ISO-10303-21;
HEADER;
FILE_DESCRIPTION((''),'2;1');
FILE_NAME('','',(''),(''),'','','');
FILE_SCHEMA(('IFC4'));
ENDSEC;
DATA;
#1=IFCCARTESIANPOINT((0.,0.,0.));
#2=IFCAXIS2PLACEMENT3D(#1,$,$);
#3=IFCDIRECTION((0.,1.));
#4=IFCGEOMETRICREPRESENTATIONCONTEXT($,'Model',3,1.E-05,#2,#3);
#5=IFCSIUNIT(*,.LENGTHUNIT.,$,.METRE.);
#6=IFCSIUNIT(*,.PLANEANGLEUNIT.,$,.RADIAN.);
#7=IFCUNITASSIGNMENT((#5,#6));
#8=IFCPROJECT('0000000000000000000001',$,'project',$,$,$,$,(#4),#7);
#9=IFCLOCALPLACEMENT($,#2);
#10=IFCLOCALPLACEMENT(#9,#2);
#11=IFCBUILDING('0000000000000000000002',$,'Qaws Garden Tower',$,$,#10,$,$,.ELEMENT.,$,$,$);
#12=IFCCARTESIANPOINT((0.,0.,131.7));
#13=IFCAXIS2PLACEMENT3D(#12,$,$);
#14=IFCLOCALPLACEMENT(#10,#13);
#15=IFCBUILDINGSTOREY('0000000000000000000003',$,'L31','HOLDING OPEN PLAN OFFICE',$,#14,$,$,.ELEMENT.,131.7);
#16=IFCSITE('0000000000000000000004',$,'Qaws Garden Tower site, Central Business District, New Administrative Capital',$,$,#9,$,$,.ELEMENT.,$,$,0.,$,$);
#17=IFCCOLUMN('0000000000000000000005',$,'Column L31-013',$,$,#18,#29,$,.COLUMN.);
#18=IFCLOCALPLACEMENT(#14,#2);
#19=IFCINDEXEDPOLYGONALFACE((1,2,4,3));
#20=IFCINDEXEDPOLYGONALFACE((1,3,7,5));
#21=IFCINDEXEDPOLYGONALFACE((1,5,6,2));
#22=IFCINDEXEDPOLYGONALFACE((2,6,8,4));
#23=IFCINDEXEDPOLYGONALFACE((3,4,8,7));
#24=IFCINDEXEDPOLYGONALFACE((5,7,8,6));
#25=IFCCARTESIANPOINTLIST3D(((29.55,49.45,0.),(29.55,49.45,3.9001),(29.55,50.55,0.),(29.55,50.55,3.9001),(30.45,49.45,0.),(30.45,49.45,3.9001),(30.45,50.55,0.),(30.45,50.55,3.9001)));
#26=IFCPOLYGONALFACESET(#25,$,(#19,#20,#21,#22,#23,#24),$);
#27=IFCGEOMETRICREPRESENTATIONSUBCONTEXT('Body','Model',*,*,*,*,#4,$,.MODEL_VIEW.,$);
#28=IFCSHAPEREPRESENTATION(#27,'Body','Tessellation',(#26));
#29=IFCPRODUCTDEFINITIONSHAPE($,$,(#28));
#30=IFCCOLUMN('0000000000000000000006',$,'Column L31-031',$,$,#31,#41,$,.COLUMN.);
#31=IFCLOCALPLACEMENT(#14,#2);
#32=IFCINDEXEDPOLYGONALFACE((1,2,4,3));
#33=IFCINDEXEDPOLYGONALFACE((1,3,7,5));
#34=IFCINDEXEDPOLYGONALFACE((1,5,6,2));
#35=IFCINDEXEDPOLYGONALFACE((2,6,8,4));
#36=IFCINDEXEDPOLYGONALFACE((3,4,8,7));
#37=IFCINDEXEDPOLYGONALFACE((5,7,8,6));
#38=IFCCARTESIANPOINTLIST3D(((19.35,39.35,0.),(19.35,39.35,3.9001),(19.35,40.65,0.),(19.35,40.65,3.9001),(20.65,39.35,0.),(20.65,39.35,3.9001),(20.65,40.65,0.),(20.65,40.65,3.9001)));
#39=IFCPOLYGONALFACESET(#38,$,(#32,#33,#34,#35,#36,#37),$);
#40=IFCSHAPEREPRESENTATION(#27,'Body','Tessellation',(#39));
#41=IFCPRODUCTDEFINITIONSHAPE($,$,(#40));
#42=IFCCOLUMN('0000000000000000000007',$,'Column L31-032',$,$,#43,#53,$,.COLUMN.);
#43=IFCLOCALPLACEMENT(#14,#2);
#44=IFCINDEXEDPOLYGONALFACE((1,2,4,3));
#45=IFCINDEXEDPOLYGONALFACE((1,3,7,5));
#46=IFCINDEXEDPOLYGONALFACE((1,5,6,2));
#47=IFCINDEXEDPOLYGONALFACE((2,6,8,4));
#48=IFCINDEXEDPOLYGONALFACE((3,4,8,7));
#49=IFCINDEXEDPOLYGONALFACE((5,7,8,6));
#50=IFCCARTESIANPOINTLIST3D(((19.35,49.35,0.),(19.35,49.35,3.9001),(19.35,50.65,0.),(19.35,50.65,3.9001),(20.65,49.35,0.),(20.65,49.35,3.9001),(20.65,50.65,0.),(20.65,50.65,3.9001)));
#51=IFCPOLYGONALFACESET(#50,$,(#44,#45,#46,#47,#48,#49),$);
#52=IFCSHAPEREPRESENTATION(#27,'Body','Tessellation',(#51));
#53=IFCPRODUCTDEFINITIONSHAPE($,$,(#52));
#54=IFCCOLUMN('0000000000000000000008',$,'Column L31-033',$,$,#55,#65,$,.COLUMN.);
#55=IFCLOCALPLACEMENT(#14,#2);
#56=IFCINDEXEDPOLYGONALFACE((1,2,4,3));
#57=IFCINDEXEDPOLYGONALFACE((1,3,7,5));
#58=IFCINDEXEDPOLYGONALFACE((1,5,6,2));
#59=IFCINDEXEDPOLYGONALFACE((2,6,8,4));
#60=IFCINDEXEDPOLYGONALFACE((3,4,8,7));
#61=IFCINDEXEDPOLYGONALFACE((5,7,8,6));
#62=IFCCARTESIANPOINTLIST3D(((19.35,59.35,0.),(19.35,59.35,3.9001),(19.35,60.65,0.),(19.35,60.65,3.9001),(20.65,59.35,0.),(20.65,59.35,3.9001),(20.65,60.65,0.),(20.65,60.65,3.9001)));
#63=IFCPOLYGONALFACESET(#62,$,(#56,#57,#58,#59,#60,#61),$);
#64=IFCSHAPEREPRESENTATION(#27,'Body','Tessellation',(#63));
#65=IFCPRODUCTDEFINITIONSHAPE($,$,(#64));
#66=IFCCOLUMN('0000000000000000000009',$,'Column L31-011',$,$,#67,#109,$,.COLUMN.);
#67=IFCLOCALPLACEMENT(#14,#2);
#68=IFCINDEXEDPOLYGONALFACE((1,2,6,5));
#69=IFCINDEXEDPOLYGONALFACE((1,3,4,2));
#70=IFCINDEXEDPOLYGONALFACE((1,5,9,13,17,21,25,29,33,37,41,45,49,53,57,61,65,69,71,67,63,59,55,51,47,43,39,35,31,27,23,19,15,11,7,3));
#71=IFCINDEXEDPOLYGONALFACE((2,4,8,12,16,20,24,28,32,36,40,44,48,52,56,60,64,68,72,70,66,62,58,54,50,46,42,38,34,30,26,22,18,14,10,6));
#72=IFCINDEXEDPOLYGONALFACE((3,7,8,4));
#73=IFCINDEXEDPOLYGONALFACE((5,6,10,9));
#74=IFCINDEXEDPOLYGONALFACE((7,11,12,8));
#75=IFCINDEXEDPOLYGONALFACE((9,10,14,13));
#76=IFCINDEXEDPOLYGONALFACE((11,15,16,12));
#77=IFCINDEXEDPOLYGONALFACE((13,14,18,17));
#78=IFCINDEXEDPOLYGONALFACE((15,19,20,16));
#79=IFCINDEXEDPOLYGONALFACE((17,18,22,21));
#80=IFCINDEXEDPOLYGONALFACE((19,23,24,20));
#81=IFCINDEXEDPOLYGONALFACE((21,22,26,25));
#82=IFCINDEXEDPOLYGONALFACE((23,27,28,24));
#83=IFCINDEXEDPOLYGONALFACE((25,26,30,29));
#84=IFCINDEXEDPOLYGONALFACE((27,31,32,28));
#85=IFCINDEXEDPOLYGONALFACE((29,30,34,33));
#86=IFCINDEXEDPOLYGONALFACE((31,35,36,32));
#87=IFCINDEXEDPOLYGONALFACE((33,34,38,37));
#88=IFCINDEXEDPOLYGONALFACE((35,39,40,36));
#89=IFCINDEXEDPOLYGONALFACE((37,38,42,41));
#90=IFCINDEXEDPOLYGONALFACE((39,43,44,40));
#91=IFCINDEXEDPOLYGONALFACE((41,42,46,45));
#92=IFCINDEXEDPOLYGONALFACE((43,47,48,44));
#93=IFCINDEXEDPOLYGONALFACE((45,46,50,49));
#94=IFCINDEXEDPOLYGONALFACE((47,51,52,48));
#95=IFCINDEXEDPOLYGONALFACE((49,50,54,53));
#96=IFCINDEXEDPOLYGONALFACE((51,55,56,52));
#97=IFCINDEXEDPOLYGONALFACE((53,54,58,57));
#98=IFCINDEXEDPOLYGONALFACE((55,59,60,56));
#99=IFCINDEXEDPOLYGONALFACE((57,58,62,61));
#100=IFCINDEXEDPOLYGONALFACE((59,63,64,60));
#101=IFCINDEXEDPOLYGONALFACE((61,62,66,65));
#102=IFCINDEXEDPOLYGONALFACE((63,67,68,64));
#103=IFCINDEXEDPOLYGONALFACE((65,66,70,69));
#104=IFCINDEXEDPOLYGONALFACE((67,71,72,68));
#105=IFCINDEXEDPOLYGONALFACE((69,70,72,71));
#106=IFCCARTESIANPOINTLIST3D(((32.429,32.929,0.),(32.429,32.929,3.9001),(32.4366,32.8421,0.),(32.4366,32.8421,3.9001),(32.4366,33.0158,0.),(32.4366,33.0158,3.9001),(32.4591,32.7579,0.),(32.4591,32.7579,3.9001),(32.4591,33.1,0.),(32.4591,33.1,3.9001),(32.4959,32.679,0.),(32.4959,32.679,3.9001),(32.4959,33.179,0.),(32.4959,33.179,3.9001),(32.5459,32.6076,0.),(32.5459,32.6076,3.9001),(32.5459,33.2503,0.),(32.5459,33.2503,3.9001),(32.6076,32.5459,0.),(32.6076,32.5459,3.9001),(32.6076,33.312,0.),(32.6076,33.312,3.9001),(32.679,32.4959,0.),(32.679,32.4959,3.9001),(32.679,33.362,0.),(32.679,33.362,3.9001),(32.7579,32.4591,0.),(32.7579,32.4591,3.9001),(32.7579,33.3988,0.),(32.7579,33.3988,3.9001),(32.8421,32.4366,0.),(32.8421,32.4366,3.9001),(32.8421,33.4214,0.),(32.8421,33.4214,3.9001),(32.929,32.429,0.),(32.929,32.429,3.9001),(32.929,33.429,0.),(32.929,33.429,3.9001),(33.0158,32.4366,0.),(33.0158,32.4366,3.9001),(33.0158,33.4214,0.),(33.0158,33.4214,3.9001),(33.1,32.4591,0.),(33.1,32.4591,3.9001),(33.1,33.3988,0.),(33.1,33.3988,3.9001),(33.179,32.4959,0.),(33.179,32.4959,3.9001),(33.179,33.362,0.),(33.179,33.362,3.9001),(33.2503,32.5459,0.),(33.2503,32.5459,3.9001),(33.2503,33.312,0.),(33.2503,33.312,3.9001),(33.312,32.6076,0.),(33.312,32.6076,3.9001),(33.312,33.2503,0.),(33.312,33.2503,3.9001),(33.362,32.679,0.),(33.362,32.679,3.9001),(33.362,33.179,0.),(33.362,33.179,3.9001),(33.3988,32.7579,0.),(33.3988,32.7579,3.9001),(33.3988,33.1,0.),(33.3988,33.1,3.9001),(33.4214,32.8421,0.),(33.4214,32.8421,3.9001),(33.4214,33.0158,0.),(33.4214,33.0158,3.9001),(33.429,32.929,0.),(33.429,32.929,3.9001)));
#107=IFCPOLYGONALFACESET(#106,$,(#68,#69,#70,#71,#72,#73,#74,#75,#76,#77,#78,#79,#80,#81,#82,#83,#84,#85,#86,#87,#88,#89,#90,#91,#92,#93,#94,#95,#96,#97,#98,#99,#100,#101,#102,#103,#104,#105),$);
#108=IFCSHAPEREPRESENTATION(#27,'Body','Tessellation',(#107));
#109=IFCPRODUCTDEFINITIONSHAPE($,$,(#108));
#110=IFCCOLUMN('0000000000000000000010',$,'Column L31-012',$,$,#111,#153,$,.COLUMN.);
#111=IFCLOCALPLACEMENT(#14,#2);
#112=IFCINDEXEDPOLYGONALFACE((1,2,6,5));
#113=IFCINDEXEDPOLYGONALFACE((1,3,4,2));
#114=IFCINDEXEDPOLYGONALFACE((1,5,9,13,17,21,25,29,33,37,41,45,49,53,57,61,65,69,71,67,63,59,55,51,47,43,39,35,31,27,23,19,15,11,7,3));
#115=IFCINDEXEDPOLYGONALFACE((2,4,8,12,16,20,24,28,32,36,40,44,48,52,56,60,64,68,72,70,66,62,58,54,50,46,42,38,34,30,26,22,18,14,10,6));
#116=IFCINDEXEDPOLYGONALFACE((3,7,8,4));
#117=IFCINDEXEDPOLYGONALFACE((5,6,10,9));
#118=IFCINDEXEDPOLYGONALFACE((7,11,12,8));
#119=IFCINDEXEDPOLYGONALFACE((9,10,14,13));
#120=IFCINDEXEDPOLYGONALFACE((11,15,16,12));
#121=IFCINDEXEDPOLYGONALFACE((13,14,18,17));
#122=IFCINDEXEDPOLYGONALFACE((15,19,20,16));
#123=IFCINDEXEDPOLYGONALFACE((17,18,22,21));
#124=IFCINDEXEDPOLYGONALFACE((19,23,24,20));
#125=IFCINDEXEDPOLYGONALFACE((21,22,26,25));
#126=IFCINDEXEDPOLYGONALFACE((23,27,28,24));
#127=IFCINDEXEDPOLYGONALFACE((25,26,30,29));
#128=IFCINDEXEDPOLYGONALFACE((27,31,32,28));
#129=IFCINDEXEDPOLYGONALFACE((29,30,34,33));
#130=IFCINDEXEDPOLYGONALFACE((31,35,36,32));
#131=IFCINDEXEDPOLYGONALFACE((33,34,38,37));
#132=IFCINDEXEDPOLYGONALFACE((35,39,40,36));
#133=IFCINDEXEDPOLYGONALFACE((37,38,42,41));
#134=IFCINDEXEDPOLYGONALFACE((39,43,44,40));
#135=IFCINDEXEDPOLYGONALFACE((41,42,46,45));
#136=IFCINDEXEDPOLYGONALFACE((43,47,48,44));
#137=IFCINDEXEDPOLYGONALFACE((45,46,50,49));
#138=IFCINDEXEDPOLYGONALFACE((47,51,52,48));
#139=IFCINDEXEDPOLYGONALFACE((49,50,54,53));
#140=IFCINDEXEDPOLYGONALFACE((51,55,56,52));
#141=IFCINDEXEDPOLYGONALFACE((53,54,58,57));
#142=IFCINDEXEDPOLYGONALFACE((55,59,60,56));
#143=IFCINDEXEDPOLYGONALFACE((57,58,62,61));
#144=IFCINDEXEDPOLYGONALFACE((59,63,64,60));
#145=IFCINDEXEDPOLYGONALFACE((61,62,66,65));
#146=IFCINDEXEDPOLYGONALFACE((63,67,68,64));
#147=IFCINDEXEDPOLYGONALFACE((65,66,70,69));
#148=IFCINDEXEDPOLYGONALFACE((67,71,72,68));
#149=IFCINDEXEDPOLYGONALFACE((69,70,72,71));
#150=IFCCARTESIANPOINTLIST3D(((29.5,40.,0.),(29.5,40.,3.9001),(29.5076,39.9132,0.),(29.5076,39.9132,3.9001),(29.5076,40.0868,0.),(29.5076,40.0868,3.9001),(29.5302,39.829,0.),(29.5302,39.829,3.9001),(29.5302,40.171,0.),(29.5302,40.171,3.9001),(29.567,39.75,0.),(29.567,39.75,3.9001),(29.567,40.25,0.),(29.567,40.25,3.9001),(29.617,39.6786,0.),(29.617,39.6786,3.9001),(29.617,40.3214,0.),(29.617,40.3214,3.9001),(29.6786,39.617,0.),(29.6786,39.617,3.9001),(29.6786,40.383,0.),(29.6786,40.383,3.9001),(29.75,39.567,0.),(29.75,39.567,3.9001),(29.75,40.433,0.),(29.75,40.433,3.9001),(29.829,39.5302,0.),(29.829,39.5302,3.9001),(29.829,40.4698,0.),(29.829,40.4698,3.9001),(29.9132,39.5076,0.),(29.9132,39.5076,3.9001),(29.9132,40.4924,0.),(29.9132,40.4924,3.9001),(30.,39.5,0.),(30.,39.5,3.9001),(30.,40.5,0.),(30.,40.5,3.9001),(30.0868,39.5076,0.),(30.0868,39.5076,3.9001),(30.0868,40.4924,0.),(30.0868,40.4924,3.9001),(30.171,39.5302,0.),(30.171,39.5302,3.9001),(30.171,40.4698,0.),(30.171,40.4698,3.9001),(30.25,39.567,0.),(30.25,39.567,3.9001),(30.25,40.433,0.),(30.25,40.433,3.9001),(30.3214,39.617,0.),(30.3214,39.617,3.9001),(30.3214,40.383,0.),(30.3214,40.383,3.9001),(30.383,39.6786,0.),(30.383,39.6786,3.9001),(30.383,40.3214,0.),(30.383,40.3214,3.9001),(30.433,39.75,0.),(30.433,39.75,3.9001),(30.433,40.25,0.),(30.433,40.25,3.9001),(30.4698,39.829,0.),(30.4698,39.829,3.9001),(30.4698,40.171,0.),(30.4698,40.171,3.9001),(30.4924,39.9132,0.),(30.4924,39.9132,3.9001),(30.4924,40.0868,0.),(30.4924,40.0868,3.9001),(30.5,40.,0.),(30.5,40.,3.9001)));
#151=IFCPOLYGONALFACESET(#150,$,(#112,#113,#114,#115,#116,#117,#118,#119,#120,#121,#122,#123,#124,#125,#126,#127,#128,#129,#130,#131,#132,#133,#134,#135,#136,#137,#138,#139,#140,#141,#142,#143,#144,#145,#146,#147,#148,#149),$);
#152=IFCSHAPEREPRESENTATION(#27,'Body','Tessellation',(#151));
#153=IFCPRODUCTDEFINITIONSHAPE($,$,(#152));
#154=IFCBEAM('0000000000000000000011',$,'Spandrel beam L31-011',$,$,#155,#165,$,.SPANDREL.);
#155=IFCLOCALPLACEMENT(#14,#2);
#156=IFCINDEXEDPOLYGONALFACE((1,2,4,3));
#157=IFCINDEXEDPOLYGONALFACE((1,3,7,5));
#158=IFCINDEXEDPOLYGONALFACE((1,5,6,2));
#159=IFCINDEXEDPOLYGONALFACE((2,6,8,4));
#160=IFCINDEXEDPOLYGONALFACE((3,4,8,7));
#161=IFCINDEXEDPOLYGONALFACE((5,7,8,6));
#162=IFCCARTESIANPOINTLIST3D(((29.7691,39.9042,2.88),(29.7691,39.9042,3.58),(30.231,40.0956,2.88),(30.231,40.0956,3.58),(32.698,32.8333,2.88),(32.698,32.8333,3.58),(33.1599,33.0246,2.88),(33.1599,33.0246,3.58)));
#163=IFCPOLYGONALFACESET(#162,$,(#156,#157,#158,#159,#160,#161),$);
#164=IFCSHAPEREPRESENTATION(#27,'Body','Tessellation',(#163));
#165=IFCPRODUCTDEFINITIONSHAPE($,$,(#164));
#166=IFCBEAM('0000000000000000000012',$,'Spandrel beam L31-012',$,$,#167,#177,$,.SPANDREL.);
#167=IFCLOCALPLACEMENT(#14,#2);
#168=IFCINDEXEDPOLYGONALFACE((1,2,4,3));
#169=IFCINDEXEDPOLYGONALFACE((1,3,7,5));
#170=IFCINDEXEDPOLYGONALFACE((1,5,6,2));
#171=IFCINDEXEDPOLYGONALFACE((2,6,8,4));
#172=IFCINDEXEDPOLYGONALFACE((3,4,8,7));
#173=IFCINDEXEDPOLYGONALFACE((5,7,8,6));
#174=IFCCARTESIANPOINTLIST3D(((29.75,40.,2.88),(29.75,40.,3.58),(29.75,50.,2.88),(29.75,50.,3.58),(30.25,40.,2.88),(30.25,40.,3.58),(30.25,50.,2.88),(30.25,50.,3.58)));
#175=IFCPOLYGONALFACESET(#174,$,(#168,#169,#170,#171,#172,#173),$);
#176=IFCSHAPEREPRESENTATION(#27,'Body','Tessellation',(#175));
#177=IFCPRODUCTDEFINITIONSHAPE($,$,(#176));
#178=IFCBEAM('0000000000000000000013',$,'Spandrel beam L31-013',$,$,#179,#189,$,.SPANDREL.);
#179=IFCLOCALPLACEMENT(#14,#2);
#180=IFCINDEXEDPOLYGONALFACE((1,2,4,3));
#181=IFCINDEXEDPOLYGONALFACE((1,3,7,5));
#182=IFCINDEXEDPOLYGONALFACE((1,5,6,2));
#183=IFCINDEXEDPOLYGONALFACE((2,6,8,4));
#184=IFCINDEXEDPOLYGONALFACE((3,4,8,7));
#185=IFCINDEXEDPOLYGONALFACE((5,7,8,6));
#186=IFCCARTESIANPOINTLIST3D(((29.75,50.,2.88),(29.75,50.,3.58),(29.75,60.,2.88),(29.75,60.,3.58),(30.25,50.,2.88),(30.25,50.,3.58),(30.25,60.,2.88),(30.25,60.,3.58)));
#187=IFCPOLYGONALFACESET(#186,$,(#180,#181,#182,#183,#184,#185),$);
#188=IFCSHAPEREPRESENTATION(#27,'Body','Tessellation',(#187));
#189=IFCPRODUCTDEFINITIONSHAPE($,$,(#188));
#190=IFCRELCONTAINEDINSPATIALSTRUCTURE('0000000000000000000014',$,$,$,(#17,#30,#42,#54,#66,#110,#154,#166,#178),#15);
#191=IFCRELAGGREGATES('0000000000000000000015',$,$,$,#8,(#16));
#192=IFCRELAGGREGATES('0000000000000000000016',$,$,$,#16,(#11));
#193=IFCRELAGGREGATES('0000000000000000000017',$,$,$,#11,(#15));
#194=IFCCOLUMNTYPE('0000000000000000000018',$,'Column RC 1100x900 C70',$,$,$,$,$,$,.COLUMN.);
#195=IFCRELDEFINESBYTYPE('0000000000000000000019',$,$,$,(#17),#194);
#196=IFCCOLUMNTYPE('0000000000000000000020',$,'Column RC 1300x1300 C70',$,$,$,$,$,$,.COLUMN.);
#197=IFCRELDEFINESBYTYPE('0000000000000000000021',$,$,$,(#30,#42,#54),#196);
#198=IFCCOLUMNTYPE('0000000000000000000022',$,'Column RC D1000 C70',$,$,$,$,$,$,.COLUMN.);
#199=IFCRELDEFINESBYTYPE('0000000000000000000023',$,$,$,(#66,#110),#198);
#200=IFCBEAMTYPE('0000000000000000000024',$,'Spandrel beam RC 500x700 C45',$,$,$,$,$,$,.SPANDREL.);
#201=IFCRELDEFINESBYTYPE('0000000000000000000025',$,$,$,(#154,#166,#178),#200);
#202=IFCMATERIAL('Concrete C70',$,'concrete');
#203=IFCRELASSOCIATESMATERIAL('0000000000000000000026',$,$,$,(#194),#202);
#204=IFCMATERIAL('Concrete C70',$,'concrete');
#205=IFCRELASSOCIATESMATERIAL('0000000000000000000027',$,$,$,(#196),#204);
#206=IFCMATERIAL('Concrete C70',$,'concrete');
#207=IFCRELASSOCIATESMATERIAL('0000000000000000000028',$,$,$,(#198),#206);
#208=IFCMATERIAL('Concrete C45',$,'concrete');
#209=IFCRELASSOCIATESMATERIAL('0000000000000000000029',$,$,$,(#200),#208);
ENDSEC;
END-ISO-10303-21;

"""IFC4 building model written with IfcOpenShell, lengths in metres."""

from ifc_helpers import new_model, si_unit, direction, frame, origin, origin_2d, place, context, subcontext, project, spatial, rectangle, circle, extrude, material, material_profile, profile_set, type_object, element, save


model = new_model("IFC4")

# Units and contexts
model_context = context("Model", 3, precision=1e-05, world=origin(), true_north=direction((0.0, 1.0)))
body_context = subcontext(model_context, "Body", "Model", "MODEL_VIEW")
ifc_project = project(units=[si_unit("LENGTHUNIT", "METRE"), si_unit("PLANEANGLEUNIT", "RADIAN")], contexts=[model_context])

# Site, building, storey
site_placement = place(None, origin())
site = spatial("IfcSite", under=ifc_project, at=site_placement, Name="Qaws Garden Tower site, Central Business District, New Administrative Capital", CompositionType="ELEMENT", RefElevation=0.0)
building_placement = place(site_placement, origin())
building = spatial("IfcBuilding", under=site, at=building_placement, Name="Qaws Garden Tower", CompositionType="ELEMENT")
storey_placement = place(building_placement, frame((0.0, 0.0, 131.7)))
storey = spatial("IfcBuildingStorey", under=building, at=storey_placement, Name="L31", Description="HOLDING OPEN PLAN OFFICE", CompositionType="ELEMENT", Elevation=131.7)

# Columns
ifc_material_1 = material(Name="Concrete C70", Category="concrete")
ifc_material_profile_1 = material_profile(ifc_material_1, rectangle(XDim=1.1001, YDim=0.8999, at=origin_2d()), Name="RC 1100x900")
ifc_profile_set_1 = profile_set([ifc_material_profile_1], Name="Concrete C70")
column_type_1 = type_object("IfcColumnType", Name="Column RC 1100x900 C70", PredefinedType="COLUMN", material=ifc_profile_set_1)
column_placement = place(storey_placement, frame((30.0, 50.0, 0.0), z_axis=(0.0, 0.0, 1.0), x_axis=(0.0, 1.0, 0.0)))
element("IfcColumn", 1, at=column_placement, inside=storey, type_object=column_type_1, Name="Column L31-013", PredefinedType="COLUMN", context=body_context, shape_type="SweptSolid", body=[
    extrude(rectangle(XDim=1.1001, YDim=0.8999, at=origin_2d()), origin(), (0.0, 0.0, 1.0), 3.9001),
])
ifc_material_2 = material(Name="Concrete C70", Category="concrete")
ifc_material_profile_2 = material_profile(ifc_material_2, rectangle(XDim=1.3, YDim=1.3, at=origin_2d()), Name="RC 1300x1300")
ifc_profile_set_2 = profile_set([ifc_material_profile_2], Name="Concrete C70")
column_type_2 = type_object("IfcColumnType", Name="Column RC 1300x1300 C70", PredefinedType="COLUMN", material=ifc_profile_set_2)
for number, where, z_axis, x_axis, name in (
    (2, (20.0, 40.0, 0.0), (0.0, 0.0, 1.0), (1.0, 0.0, 0.0), "Column L31-031"),
    (3, (20.0, 50.0, 0.0), (0.0, 0.0, 1.0), (1.0, 0.0, 0.0), "Column L31-032"),
    (4, (20.0, 60.0, 0.0), (0.0, 0.0, 1.0), (1.0, 0.0, 0.0), "Column L31-033"),
):
    element("IfcColumn", number, at=place(storey_placement, frame(where, z_axis=z_axis, x_axis=x_axis)), inside=storey, type_object=column_type_2, Name=name, PredefinedType="COLUMN", context=body_context, shape_type="SweptSolid", body=[
        extrude(rectangle(XDim=1.3, YDim=1.3, at=origin_2d()), origin(), (0.0, 0.0, 1.0), 3.9001),
    ])
ifc_material_3 = material(Name="Concrete C70", Category="concrete")
ifc_material_profile_3 = material_profile(ifc_material_3, circle(Radius=0.5, at=origin_2d()), Name="RC D1000")
ifc_profile_set_3 = profile_set([ifc_material_profile_3], Name="Concrete C70")
column_type_3 = type_object("IfcColumnType", Name="Column RC D1000 C70", PredefinedType="COLUMN", material=ifc_profile_set_3)
for number, where, z_axis, x_axis, name in (
    (5, (32.929, 32.929, 0.0), (0.0, 0.0, 1.0), (1.0, 0.0, 0.0), "Column L31-011"),
    (6, (30.0, 40.0, 0.0), (0.0, 0.0, 1.0), (1.0, 0.0, 0.0), "Column L31-012"),
):
    element("IfcColumn", number, at=place(storey_placement, frame(where, z_axis=z_axis, x_axis=x_axis)), inside=storey, type_object=column_type_3, Name=name, PredefinedType="COLUMN", context=body_context, shape_type="SweptSolid", body=[
        extrude(circle(Radius=0.5, at=origin_2d()), origin(), (0.0, 0.0, 1.0), 3.9001),
    ])

# Beams
ifc_material_4 = material(Name="Concrete C45", Category="concrete")
ifc_material_profile_4 = material_profile(ifc_material_4, rectangle(XDim=0.5, YDim=0.7, at=origin_2d()), Name="RC 500x700")
ifc_profile_set_4 = profile_set([ifc_material_profile_4], Name="Concrete C45")
beam_type = type_object("IfcBeamType", Name="Spandrel beam RC 500x700 C45", PredefinedType="SPANDREL", material=ifc_profile_set_4)
beam_placement = place(storey_placement, frame((32.929, 32.929, 3.23), z_axis=(-0.382687, 0.923878, 0.0), x_axis=(-0.923878, -0.382687, 0.0)))
element("IfcBeam", 7, at=beam_placement, inside=storey, type_object=beam_type, Name="Spandrel beam L31-011", PredefinedType="SPANDREL", context=body_context, shape_type="SweptSolid", body=[
    extrude(rectangle(XDim=0.5, YDim=0.7, at=origin_2d()), origin(), (0.0, 0.0, 1.0), 7.6536),
])
for number, where, z_axis, x_axis, name in (
    (8, (30.0, 40.0, 3.23), (0.0, 1.0, 0.0), (-1.0, 0.0, 0.0), "Spandrel beam L31-012"),
    (9, (30.0, 50.0, 3.23), (0.0, 1.0, 0.0), (-1.0, 0.0, 0.0), "Spandrel beam L31-013"),
):
    element("IfcBeam", number, at=place(storey_placement, frame(where, z_axis=z_axis, x_axis=x_axis)), inside=storey, type_object=beam_type, Name=name, PredefinedType="SPANDREL", context=body_context, shape_type="SweptSolid", body=[
        extrude(rectangle(XDim=0.5, YDim=0.7, at=origin_2d()), origin(), (0.0, 0.0, 1.0), 10.0),
    ])

save(model, "model.ifc")
